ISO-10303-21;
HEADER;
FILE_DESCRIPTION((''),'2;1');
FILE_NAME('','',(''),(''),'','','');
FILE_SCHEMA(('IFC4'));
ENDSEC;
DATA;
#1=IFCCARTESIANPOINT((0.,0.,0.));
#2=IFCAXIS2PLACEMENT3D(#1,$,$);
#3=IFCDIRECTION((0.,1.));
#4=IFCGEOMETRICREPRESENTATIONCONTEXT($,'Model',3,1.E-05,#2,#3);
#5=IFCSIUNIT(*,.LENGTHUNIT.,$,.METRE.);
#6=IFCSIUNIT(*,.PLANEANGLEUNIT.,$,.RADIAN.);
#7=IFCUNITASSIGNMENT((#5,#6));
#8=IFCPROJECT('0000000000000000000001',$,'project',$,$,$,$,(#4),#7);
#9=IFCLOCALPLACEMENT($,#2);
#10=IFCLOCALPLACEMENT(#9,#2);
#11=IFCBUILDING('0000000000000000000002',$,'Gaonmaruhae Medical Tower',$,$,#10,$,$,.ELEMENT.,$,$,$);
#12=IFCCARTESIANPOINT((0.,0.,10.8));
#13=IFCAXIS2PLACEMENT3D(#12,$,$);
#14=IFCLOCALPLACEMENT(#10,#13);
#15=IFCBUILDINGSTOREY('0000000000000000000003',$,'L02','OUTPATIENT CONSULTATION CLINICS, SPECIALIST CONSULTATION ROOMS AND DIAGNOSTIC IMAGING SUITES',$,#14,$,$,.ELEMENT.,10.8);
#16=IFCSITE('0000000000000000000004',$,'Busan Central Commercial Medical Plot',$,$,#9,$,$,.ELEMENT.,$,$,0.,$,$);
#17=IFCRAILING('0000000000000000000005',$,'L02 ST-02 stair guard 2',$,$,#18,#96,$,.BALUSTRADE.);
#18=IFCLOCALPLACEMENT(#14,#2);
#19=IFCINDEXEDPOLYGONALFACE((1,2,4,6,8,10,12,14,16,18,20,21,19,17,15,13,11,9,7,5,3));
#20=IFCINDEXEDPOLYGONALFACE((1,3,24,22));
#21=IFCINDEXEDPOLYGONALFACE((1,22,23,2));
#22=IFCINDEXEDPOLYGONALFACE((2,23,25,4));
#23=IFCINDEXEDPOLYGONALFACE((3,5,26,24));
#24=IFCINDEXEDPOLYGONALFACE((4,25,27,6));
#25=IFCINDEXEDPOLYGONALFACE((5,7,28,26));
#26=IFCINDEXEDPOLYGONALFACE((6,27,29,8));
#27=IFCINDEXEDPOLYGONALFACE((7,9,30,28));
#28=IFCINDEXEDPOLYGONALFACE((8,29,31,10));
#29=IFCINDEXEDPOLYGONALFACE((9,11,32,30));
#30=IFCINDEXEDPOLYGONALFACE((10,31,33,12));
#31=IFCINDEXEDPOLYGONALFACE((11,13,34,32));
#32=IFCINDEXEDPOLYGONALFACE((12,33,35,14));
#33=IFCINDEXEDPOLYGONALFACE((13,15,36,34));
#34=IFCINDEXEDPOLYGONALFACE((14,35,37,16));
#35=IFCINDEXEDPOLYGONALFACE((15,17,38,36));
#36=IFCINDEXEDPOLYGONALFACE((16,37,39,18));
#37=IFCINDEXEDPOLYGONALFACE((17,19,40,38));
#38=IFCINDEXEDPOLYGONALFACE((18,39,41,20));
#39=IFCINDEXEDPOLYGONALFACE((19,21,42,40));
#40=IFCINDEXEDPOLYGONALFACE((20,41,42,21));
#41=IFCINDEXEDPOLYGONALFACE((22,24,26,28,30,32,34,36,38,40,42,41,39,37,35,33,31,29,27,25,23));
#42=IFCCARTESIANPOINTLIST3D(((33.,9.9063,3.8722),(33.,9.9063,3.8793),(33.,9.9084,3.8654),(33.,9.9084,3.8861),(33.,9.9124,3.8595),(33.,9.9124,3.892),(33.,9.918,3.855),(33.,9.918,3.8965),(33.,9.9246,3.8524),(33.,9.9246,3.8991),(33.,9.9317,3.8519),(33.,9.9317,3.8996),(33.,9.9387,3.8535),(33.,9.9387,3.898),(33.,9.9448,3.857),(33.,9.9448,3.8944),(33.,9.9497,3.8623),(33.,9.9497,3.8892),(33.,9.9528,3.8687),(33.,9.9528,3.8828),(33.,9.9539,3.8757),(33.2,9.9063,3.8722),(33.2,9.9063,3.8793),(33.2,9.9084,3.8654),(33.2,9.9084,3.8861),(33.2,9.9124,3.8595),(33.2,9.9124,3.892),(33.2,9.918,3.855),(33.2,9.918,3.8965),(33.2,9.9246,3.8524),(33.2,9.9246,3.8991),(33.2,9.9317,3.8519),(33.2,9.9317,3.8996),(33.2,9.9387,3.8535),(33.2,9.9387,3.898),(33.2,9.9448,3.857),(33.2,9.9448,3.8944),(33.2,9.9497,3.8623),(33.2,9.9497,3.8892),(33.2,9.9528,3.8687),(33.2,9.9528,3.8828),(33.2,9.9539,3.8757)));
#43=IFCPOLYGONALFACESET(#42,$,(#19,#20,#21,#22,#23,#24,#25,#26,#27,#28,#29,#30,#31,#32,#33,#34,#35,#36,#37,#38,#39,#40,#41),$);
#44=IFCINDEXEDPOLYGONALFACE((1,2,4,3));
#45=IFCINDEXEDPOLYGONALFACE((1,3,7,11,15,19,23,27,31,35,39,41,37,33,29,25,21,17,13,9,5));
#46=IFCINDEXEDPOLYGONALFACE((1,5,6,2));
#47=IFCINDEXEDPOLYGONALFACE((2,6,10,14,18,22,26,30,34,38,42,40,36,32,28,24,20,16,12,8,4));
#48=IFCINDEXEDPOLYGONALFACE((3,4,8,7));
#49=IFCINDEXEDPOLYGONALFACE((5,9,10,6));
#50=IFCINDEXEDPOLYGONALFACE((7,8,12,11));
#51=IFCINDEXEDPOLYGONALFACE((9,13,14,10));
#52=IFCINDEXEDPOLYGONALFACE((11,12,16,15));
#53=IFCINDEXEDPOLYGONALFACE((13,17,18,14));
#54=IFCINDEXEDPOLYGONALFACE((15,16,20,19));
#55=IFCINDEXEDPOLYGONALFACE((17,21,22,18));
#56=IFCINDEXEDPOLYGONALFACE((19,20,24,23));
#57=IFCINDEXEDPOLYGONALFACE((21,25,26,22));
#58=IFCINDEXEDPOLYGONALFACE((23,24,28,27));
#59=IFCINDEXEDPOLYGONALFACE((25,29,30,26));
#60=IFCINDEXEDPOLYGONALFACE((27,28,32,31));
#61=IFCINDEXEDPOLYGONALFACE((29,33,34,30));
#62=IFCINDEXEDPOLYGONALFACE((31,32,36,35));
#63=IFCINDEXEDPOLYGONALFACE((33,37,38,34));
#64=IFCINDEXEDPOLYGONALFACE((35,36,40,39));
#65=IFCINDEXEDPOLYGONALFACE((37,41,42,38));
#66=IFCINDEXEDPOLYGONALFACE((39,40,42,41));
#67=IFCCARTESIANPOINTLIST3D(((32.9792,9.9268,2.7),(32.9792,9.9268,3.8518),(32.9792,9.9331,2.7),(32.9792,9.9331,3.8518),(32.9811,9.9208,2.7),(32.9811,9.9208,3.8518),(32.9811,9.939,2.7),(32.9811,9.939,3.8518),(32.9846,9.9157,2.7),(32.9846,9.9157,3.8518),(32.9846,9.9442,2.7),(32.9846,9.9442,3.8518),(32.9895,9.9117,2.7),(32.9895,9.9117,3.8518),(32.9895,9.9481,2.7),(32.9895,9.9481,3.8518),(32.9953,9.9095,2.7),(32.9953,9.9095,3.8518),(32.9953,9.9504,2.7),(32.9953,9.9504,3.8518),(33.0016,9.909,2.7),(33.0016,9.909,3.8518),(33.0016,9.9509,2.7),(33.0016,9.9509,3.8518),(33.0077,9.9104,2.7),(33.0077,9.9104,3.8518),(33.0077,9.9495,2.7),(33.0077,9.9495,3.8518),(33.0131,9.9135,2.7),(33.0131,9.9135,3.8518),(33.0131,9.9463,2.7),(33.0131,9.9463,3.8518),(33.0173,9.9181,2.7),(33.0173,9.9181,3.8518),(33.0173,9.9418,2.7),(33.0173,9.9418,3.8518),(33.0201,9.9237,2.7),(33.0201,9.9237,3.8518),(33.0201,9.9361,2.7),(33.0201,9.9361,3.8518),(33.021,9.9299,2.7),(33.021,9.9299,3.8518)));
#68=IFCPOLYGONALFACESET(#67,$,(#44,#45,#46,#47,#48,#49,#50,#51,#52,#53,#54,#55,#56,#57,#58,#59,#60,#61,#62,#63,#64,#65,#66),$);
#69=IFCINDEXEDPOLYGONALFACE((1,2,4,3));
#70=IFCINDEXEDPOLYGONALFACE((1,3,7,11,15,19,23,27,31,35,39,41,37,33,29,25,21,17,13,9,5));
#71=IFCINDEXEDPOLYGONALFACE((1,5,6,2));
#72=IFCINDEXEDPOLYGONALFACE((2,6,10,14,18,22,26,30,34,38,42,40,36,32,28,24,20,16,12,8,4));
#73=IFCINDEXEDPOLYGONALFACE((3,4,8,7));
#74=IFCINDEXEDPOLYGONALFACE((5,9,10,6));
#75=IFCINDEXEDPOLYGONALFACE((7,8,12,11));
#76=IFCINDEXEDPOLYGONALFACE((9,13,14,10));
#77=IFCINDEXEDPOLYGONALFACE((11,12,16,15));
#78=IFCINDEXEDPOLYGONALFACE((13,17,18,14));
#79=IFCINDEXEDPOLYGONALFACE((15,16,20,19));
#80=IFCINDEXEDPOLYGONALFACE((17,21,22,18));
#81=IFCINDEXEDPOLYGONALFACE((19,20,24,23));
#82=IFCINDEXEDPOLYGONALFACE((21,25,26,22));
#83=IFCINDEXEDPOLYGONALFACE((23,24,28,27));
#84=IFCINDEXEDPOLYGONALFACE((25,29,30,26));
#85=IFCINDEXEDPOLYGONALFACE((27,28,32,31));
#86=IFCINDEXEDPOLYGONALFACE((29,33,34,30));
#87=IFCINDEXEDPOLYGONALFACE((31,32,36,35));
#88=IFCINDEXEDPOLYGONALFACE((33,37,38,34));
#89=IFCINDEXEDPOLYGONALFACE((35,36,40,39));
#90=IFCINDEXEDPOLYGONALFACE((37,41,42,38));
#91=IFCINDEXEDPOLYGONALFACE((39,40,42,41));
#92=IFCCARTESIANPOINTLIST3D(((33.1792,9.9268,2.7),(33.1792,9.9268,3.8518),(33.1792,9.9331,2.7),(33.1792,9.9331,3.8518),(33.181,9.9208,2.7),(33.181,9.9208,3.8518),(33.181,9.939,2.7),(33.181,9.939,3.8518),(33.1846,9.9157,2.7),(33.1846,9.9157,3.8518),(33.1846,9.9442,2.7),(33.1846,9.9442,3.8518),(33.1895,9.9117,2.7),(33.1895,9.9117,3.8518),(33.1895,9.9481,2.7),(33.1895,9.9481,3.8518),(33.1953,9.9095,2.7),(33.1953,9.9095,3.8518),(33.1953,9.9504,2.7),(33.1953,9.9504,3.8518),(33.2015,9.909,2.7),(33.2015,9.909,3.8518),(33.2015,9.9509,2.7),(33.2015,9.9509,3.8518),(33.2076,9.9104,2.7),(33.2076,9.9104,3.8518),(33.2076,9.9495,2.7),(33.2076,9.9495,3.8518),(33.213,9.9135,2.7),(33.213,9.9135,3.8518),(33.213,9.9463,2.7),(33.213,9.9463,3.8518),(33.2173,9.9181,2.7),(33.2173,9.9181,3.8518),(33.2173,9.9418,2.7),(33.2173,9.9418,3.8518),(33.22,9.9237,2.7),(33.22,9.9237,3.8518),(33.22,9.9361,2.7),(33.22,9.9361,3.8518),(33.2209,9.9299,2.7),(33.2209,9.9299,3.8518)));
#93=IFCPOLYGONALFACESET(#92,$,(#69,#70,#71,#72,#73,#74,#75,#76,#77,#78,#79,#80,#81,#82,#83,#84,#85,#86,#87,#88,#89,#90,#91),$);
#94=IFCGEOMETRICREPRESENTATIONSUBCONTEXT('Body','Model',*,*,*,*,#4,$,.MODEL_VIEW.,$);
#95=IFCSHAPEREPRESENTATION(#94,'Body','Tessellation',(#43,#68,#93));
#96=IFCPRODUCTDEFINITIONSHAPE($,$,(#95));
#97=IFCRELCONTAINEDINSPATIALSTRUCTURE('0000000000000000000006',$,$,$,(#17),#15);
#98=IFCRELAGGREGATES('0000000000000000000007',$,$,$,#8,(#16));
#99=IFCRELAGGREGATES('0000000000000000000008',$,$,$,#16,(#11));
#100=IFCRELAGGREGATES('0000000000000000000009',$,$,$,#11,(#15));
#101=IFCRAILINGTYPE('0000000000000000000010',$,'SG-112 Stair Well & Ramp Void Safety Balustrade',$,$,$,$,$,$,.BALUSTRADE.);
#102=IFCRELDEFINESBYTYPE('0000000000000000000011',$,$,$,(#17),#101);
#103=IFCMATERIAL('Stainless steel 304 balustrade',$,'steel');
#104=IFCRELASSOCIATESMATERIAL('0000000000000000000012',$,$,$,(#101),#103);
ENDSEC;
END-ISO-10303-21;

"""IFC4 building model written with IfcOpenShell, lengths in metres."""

from ifc_helpers import new_model, si_unit, direction, frame, origin, origin_2d, place, context, subcontext, project, spatial, circle, extrude, material, type_object, element, save


model = new_model("IFC4")

# Units and contexts
model_context = context("Model", 3, precision=1e-05, world=origin(), true_north=direction((0.0, 1.0)))
body_context = subcontext(model_context, "Body", "Model", "MODEL_VIEW")
ifc_project = project(units=[si_unit("LENGTHUNIT", "METRE"), si_unit("PLANEANGLEUNIT", "RADIAN")], contexts=[model_context])

# Site, building, storey
site_placement = place(None, origin())
site = spatial("IfcSite", under=ifc_project, at=site_placement, Name="Busan Central Commercial Medical Plot", CompositionType="ELEMENT", RefElevation=0.0)
building_placement = place(site_placement, origin())
building = spatial("IfcBuilding", under=site, at=building_placement, Name="Gaonmaruhae Medical Tower", CompositionType="ELEMENT")
storey_placement = place(building_placement, frame((0.0, 0.0, 10.8)))
storey = spatial("IfcBuildingStorey", under=building, at=storey_placement, Name="L02", Description="OUTPATIENT CONSULTATION CLINICS, SPECIALIST CONSULTATION ROOMS AND DIAGNOSTIC IMAGING SUITES", CompositionType="ELEMENT", Elevation=10.8)

# Railing
ifc_material_1 = material(Name="Stainless steel 304 balustrade", Category="steel")
railing_type_1 = type_object("IfcRailingType", Name="SG-112 Stair Well & Ramp Void Safety Balustrade", PredefinedType="BALUSTRADE", material=ifc_material_1)
railing_1_placement = place(storey_placement, frame((33.0, 9.9299, 2.7)))
element("IfcRailing", 1, at=railing_1_placement, inside=storey, type_object=railing_type_1, Name="L02 ST-02 stair guard 2", PredefinedType="BALUSTRADE", context=body_context, shape_type="SweptSolid", body=[
    extrude(circle(Radius=0.0239, at=origin_2d()), frame((0.0, 0.0, 1.1758), z_axis=(1.0, 0.0, 0.0), x_axis=(0.0, 1.0, 0.0)), (0.0, 0.0, 1.0), 0.2),
    extrude(circle(Radius=0.021, at=origin_2d()), origin(), (0.0, 0.0, 1.0), 1.1519),
    extrude(circle(Radius=0.021, at=origin_2d()), frame((0.2, 0.0, 0.0)), (0.0, 0.0, 1.0), 1.1519),
])

save(model, "model.ifc")
